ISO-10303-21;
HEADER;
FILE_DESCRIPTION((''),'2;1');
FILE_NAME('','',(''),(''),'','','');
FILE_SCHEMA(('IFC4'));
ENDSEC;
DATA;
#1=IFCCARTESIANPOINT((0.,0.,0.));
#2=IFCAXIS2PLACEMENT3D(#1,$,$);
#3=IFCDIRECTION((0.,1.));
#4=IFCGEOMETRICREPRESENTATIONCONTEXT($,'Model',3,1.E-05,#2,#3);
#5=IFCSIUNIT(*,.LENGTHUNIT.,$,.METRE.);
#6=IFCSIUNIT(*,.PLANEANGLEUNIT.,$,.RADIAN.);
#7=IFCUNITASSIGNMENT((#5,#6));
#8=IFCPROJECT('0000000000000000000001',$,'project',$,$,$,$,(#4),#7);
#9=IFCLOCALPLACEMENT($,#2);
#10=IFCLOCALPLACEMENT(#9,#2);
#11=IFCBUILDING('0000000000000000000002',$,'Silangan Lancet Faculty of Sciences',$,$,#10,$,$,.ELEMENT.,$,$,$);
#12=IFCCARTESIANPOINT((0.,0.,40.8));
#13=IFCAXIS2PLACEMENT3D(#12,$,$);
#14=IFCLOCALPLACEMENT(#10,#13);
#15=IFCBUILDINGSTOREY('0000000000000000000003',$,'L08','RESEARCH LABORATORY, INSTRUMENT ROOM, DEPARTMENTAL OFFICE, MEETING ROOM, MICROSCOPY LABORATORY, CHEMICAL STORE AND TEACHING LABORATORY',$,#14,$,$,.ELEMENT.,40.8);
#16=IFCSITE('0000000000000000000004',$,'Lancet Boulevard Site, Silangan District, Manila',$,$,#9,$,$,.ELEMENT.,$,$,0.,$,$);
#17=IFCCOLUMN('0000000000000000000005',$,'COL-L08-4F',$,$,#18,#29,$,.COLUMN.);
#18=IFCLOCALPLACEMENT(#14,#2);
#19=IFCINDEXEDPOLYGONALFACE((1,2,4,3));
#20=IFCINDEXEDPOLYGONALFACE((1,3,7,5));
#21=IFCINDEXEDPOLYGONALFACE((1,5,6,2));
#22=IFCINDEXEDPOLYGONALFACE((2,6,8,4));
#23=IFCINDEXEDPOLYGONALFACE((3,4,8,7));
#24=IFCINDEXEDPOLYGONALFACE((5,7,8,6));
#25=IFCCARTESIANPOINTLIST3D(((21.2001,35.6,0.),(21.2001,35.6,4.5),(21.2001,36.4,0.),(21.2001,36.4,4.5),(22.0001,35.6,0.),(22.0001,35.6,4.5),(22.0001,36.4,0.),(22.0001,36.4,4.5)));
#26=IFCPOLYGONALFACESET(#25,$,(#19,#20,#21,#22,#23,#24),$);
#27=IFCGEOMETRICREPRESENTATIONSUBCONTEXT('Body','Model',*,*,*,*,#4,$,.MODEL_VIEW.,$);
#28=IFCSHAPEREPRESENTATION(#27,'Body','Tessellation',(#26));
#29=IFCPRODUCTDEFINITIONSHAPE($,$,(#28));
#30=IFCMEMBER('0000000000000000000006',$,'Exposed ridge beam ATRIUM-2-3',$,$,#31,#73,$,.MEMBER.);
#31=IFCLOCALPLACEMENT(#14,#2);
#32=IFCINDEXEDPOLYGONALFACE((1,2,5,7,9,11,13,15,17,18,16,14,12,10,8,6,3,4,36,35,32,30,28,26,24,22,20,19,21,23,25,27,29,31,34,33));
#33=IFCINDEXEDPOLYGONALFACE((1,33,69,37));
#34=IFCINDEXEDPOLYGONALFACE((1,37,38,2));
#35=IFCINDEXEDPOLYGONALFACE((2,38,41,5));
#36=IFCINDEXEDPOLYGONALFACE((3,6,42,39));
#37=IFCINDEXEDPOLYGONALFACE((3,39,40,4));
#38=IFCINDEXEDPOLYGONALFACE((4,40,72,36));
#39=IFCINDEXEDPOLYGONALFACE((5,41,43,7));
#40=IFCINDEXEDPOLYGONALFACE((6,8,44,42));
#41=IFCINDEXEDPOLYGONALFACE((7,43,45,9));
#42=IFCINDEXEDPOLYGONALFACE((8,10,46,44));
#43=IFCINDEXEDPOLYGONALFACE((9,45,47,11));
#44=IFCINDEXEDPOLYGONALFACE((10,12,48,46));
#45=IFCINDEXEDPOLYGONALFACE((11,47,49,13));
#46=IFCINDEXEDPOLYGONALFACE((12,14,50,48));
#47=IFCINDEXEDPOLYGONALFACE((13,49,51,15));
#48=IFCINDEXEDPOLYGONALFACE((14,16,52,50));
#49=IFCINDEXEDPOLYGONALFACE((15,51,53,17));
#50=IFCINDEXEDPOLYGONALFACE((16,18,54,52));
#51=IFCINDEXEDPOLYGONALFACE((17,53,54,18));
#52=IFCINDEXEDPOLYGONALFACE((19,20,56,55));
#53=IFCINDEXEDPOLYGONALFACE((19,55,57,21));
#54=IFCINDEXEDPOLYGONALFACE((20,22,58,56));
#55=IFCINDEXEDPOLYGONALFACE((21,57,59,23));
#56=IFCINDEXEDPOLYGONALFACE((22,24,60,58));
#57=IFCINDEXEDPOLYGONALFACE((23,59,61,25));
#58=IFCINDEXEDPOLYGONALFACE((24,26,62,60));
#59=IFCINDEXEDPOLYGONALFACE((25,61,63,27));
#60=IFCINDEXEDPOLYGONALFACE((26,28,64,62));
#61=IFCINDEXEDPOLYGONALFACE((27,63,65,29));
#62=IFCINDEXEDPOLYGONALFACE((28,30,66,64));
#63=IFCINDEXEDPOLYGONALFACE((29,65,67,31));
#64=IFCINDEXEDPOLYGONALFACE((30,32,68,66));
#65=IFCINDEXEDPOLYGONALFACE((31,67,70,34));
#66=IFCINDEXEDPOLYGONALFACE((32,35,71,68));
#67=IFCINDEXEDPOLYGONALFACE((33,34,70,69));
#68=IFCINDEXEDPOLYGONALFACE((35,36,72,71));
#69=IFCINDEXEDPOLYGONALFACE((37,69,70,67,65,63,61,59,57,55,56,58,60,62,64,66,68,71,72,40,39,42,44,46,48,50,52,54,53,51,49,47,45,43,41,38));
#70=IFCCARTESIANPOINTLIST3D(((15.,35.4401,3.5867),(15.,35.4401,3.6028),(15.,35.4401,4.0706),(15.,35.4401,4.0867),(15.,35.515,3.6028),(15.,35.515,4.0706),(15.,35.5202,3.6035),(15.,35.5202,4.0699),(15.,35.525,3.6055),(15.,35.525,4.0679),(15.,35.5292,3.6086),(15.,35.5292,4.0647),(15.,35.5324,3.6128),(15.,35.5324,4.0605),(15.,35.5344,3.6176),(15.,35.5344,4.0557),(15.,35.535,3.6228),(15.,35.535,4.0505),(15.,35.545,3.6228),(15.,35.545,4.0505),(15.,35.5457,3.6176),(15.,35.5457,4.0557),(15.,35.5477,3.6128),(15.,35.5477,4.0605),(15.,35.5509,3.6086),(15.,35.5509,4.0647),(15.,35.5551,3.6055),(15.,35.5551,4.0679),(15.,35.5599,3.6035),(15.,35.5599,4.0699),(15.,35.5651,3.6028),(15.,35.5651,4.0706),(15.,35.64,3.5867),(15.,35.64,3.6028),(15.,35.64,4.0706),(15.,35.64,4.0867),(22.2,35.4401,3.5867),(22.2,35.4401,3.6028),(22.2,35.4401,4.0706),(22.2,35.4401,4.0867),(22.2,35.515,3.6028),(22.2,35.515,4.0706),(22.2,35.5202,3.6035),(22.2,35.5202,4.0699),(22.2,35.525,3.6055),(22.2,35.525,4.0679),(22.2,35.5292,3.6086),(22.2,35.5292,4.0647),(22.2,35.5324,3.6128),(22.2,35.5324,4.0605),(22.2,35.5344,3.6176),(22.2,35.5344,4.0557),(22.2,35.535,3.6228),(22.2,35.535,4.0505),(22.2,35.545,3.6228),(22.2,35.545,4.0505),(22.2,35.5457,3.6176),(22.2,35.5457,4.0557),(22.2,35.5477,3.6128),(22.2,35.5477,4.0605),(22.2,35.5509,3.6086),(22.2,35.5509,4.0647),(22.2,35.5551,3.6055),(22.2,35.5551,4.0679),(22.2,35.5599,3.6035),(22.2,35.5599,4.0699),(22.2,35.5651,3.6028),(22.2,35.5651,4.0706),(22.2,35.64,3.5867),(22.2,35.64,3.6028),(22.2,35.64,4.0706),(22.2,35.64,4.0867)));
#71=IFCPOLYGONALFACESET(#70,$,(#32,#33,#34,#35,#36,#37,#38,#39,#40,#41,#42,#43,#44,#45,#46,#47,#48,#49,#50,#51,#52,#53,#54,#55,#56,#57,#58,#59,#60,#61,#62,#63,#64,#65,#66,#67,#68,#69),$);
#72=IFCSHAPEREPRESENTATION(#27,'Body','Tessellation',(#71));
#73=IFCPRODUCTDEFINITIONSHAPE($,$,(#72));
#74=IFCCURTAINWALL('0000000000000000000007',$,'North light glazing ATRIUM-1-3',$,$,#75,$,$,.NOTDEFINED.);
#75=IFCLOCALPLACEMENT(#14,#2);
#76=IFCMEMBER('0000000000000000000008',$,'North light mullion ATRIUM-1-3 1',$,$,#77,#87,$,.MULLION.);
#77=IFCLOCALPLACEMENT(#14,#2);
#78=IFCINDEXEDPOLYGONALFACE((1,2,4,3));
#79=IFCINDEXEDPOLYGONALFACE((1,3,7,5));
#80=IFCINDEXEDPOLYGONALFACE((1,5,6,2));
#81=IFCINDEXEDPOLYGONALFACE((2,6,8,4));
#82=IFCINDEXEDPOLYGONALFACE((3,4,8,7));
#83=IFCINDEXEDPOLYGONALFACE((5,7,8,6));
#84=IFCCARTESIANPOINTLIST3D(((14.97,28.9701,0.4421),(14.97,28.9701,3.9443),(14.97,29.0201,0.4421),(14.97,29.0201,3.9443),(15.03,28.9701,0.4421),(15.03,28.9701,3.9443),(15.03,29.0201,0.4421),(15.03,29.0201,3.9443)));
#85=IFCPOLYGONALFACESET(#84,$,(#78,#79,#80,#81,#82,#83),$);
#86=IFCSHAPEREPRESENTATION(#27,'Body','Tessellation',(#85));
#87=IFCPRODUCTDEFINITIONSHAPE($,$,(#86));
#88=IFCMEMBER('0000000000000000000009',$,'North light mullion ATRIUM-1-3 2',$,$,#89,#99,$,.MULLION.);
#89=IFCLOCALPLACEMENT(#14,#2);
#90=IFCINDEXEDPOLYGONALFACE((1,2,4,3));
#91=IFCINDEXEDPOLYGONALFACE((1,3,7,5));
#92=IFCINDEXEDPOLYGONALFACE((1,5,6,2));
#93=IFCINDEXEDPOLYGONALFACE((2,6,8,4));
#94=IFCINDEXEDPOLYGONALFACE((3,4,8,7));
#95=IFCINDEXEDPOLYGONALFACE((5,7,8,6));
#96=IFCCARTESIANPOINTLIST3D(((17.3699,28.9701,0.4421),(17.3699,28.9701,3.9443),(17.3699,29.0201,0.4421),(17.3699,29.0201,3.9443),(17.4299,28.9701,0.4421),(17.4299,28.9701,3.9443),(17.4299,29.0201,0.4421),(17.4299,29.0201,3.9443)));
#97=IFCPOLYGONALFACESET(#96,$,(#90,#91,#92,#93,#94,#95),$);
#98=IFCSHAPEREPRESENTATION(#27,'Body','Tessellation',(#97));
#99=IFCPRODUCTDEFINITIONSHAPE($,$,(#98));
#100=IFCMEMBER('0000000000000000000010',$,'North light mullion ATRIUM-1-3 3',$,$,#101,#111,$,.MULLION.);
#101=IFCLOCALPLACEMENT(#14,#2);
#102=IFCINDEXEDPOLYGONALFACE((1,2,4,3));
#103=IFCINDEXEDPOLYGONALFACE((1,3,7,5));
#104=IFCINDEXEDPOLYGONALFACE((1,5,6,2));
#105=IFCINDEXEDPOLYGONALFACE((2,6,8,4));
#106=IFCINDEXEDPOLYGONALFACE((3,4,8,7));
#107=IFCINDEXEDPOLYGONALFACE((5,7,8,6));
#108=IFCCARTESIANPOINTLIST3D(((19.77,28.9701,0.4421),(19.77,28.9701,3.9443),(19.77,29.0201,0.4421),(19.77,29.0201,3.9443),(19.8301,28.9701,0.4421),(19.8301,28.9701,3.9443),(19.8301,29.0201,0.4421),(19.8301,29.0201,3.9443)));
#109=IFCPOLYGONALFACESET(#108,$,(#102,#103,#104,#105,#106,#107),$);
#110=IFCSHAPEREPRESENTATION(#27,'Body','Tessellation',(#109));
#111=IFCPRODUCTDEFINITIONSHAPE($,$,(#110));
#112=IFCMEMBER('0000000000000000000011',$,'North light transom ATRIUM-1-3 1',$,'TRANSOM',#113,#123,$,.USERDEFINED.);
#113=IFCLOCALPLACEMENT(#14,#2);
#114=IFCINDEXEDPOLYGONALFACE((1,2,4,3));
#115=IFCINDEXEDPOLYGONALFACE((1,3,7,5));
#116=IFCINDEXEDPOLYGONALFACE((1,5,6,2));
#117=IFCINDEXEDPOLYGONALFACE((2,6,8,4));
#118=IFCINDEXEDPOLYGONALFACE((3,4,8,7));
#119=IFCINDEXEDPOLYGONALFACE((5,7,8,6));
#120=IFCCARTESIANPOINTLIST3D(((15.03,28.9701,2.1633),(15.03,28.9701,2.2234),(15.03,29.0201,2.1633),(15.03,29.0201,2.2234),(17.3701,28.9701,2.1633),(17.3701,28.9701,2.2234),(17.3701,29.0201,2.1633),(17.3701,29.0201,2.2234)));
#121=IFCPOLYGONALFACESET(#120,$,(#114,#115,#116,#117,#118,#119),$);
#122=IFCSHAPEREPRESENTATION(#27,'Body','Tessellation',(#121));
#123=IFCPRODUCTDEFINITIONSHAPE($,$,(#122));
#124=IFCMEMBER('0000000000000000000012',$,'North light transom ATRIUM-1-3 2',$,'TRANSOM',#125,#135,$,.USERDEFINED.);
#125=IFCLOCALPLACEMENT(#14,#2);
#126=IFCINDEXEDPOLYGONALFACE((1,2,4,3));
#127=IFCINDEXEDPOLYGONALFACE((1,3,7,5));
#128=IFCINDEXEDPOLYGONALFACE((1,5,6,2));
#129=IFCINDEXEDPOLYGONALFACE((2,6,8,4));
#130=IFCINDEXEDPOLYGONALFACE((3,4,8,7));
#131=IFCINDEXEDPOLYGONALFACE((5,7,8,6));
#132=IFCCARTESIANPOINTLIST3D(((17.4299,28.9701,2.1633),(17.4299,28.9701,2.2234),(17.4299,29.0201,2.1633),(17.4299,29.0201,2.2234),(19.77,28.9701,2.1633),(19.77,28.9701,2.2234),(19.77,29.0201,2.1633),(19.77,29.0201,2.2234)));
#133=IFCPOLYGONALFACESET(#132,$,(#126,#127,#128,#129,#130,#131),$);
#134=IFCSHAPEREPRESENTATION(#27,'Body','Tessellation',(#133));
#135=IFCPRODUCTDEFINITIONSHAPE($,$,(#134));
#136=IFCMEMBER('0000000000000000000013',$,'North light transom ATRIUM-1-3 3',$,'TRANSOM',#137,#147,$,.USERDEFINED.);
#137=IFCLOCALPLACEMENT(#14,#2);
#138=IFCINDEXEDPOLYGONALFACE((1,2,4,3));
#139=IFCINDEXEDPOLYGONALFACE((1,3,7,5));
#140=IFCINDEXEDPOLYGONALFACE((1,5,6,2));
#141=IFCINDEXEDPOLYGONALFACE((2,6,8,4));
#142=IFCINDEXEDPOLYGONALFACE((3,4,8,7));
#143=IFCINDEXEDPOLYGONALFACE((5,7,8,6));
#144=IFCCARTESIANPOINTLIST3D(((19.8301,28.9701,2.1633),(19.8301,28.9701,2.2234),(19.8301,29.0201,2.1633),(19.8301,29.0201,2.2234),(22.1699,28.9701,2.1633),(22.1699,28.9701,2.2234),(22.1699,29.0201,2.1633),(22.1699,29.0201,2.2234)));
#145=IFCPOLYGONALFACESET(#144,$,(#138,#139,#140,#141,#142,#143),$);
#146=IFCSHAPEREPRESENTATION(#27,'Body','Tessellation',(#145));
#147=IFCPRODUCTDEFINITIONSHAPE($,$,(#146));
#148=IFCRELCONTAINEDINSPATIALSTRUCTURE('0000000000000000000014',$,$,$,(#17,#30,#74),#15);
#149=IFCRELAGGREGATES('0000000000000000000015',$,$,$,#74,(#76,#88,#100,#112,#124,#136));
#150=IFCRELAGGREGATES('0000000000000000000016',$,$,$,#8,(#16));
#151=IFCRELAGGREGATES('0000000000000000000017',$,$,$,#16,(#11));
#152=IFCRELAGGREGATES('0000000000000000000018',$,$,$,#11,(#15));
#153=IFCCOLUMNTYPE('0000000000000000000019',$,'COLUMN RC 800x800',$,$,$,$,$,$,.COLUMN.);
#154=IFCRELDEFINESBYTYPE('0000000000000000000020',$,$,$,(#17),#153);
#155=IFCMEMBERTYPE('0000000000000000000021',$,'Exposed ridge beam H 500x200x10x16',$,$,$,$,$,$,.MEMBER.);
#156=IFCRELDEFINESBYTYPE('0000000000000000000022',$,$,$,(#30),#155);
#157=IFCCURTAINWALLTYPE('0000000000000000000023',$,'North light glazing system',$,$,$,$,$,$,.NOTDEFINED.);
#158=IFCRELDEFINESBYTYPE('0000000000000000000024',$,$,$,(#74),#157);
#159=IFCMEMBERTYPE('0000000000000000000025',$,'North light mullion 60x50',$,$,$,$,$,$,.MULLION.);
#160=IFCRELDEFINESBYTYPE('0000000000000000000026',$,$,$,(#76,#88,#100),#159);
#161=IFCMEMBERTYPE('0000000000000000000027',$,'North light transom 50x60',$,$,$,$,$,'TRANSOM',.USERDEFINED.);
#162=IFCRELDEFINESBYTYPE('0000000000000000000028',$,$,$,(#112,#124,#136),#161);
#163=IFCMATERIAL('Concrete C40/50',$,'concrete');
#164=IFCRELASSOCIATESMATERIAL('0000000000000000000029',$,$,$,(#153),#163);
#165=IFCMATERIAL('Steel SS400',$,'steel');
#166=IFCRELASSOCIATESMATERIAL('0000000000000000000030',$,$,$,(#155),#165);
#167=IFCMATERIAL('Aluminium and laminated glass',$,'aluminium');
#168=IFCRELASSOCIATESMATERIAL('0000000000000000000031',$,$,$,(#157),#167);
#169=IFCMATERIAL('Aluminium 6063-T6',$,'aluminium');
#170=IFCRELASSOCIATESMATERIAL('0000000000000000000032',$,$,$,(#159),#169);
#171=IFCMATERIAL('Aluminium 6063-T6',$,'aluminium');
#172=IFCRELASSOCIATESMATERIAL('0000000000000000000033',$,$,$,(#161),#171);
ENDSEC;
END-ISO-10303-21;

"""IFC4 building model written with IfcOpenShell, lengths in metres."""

from ifc_helpers import new_model, si_unit, direction, frame, origin, origin_2d, place, context, subcontext, project, spatial, rectangle, i_section, extrude, material, material_profile, profile_set, type_object, element, aggregate, save


model = new_model("IFC4")

# Units and contexts
model_context = context("Model", 3, precision=1e-05, world=origin(), true_north=direction((0.0, 1.0)))
body_context = subcontext(model_context, "Body", "Model", "MODEL_VIEW")
ifc_project = project(units=[si_unit("LENGTHUNIT", "METRE"), si_unit("PLANEANGLEUNIT", "RADIAN")], contexts=[model_context])

# Site, building, storey
site_placement = place(None, origin())
site = spatial("IfcSite", under=ifc_project, at=site_placement, Name="Lancet Boulevard Site, Silangan District, Manila", CompositionType="ELEMENT", RefElevation=0.0)
building_placement = place(site_placement, origin())
building = spatial("IfcBuilding", under=site, at=building_placement, Name="Silangan Lancet Faculty of Sciences", CompositionType="ELEMENT")
storey_placement = place(building_placement, frame((0.0, 0.0, 40.8)))
storey = spatial("IfcBuildingStorey", under=building, at=storey_placement, Name="L08", Description="RESEARCH LABORATORY, INSTRUMENT ROOM, DEPARTMENTAL OFFICE, MEETING ROOM, MICROSCOPY LABORATORY, CHEMICAL STORE AND TEACHING LABORATORY", CompositionType="ELEMENT", Elevation=40.8)

# Column
ifc_material_1 = material(Name="Concrete C40/50", Category="concrete")
ifc_material_profile_1 = material_profile(ifc_material_1, rectangle(XDim=0.8, YDim=0.8, at=origin_2d()), Name="RC 800x800")
ifc_profile_set_1 = profile_set([ifc_material_profile_1], Name="Concrete C40/50")
column_type = type_object("IfcColumnType", Name="COLUMN RC 800x800", PredefinedType="COLUMN", material=ifc_profile_set_1)
column_placement = place(storey_placement, frame((21.6001, 36.0, 0.0), z_axis=(0.0, 0.0, 1.0), x_axis=(1.0, 0.0, 0.0)))
element("IfcColumn", 1, at=column_placement, inside=storey, type_object=column_type, Name="COL-L08-4F", PredefinedType="COLUMN", context=body_context, shape_type="SweptSolid", body=[
    extrude(rectangle(XDim=0.8, YDim=0.8, at=origin_2d()), origin(), (0.0, 0.0, 1.0), 4.5),
])

# Member
ifc_material_2 = material(Name="Steel SS400", Category="steel")
ifc_material_profile_2 = material_profile(ifc_material_2, i_section(OverallWidth=0.2, OverallDepth=0.5, WebThickness=0.01, FlangeThickness=0.0161, FilletRadius=0.02, at=origin_2d()), Name="H 500x200x10x16")
ifc_profile_set_2 = profile_set([ifc_material_profile_2], Name="Steel SS400")
member_type_1 = type_object("IfcMemberType", Name="Exposed ridge beam H 500x200x10x16", PredefinedType="MEMBER", material=ifc_profile_set_2)
member_1_placement = place(storey_placement, frame((15.0, 35.54, 3.8367), z_axis=(1.0, 0.0, 0.0), x_axis=(0.0, 1.0, 0.0)))
element("IfcMember", 2, at=member_1_placement, inside=storey, type_object=member_type_1, Name="Exposed ridge beam ATRIUM-2-3", PredefinedType="MEMBER", context=body_context, shape_type="SweptSolid", body=[
    extrude(i_section(OverallWidth=0.2, OverallDepth=0.5, WebThickness=0.01, FlangeThickness=0.0161, FilletRadius=0.02, at=origin_2d()), origin(), (0.0, 0.0, 1.0), 7.2),
])

# Curtain wall, members
ifc_material_3 = material(Name="Aluminium and laminated glass", Category="aluminium")
curtain_wall_type = type_object("IfcCurtainWallType", Name="North light glazing system", PredefinedType="NOTDEFINED", material=ifc_material_3)
curtain_wall_placement = place(storey_placement, origin())
curtain_wall = element("IfcCurtainWall", 3, at=curtain_wall_placement, inside=storey, type_object=curtain_wall_type, Name="North light glazing ATRIUM-1-3", PredefinedType="NOTDEFINED")
ifc_material_4 = material(Name="Aluminium 6063-T6", Category="aluminium")
ifc_material_profile_3 = material_profile(ifc_material_4, rectangle(XDim=0.0601, YDim=0.05, at=origin_2d()), Name="AL 60x50")
ifc_profile_set_3 = profile_set([ifc_material_profile_3], Name="Aluminium 6063-T6")
member_type_2 = type_object("IfcMemberType", Name="North light mullion 60x50", PredefinedType="MULLION", material=ifc_profile_set_3)
member_2_placement = place(storey_placement, frame((15.0, 28.9951, 0.4421), z_axis=(0.0, 0.0, 1.0), x_axis=(1.0, 0.0, 0.0)))
member_2 = element("IfcMember", 4, at=member_2_placement, type_object=member_type_2, Name="North light mullion ATRIUM-1-3 1", PredefinedType="MULLION", context=body_context, shape_type="SweptSolid", body=[
    extrude(rectangle(XDim=0.0601, YDim=0.05, at=origin_2d()), origin(), (0.0, 0.0, 1.0), 3.5022),
])
member_3_placement = place(storey_placement, frame((17.3999, 28.9951, 0.4421), z_axis=(0.0, 0.0, 1.0), x_axis=(1.0, 0.0, 0.0)))
member_3 = element("IfcMember", 5, at=member_3_placement, type_object=member_type_2, Name="North light mullion ATRIUM-1-3 2", PredefinedType="MULLION", context=body_context, shape_type="SweptSolid", body=[
    extrude(rectangle(XDim=0.0601, YDim=0.05, at=origin_2d()), origin(), (0.0, 0.0, 1.0), 3.5022),
])
member_4_placement = place(storey_placement, frame((19.8, 28.9951, 0.4421), z_axis=(0.0, 0.0, 1.0), x_axis=(1.0, 0.0, 0.0)))
member_4 = element("IfcMember", 6, at=member_4_placement, type_object=member_type_2, Name="North light mullion ATRIUM-1-3 3", PredefinedType="MULLION", context=body_context, shape_type="SweptSolid", body=[
    extrude(rectangle(XDim=0.0601, YDim=0.05, at=origin_2d()), origin(), (0.0, 0.0, 1.0), 3.5022),
])
ifc_material_5 = material(Name="Aluminium 6063-T6", Category="aluminium")
ifc_material_profile_4 = material_profile(ifc_material_5, rectangle(XDim=0.05, YDim=0.0601, at=origin_2d()), Name="AL 50x60")
ifc_profile_set_4 = profile_set([ifc_material_profile_4], Name="Aluminium 6063-T6")
member_type_3 = type_object("IfcMemberType", Name="North light transom 50x60", ElementType="TRANSOM", PredefinedType="USERDEFINED", material=ifc_profile_set_4)
member_5_placement = place(storey_placement, frame((15.03, 28.9951, 2.1934), z_axis=(1.0, 0.0, 0.0), x_axis=(0.0, 1.0, 0.0)))
member_5 = element("IfcMember", 7, at=member_5_placement, type_object=member_type_3, Name="North light transom ATRIUM-1-3 1", ObjectType="TRANSOM", PredefinedType="USERDEFINED", context=body_context, shape_type="SweptSolid", body=[
    extrude(rectangle(XDim=0.05, YDim=0.0601, at=origin_2d()), origin(), (0.0, 0.0, 1.0), 2.3401),
])
member_6_placement = place(storey_placement, frame((17.4299, 28.9951, 2.1934), z_axis=(1.0, 0.0, 0.0), x_axis=(0.0, 1.0, 0.0)))
member_6 = element("IfcMember", 8, at=member_6_placement, type_object=member_type_3, Name="North light transom ATRIUM-1-3 2", ObjectType="TRANSOM", PredefinedType="USERDEFINED", context=body_context, shape_type="SweptSolid", body=[
    extrude(rectangle(XDim=0.05, YDim=0.0601, at=origin_2d()), origin(), (0.0, 0.0, 1.0), 2.3401),
])
member_7_placement = place(storey_placement, frame((19.8301, 28.9951, 2.1934), z_axis=(1.0, 0.0, 0.0), x_axis=(0.0, 1.0, 0.0)))
member_7 = element("IfcMember", 9, at=member_7_placement, type_object=member_type_3, Name="North light transom ATRIUM-1-3 3", ObjectType="TRANSOM", PredefinedType="USERDEFINED", context=body_context, shape_type="SweptSolid", body=[
    extrude(rectangle(XDim=0.05, YDim=0.0601, at=origin_2d()), origin(), (0.0, 0.0, 1.0), 2.3398),
])
aggregate(curtain_wall, [member_2, member_3, member_4, member_5, member_6, member_7])

save(model, "model.ifc")
